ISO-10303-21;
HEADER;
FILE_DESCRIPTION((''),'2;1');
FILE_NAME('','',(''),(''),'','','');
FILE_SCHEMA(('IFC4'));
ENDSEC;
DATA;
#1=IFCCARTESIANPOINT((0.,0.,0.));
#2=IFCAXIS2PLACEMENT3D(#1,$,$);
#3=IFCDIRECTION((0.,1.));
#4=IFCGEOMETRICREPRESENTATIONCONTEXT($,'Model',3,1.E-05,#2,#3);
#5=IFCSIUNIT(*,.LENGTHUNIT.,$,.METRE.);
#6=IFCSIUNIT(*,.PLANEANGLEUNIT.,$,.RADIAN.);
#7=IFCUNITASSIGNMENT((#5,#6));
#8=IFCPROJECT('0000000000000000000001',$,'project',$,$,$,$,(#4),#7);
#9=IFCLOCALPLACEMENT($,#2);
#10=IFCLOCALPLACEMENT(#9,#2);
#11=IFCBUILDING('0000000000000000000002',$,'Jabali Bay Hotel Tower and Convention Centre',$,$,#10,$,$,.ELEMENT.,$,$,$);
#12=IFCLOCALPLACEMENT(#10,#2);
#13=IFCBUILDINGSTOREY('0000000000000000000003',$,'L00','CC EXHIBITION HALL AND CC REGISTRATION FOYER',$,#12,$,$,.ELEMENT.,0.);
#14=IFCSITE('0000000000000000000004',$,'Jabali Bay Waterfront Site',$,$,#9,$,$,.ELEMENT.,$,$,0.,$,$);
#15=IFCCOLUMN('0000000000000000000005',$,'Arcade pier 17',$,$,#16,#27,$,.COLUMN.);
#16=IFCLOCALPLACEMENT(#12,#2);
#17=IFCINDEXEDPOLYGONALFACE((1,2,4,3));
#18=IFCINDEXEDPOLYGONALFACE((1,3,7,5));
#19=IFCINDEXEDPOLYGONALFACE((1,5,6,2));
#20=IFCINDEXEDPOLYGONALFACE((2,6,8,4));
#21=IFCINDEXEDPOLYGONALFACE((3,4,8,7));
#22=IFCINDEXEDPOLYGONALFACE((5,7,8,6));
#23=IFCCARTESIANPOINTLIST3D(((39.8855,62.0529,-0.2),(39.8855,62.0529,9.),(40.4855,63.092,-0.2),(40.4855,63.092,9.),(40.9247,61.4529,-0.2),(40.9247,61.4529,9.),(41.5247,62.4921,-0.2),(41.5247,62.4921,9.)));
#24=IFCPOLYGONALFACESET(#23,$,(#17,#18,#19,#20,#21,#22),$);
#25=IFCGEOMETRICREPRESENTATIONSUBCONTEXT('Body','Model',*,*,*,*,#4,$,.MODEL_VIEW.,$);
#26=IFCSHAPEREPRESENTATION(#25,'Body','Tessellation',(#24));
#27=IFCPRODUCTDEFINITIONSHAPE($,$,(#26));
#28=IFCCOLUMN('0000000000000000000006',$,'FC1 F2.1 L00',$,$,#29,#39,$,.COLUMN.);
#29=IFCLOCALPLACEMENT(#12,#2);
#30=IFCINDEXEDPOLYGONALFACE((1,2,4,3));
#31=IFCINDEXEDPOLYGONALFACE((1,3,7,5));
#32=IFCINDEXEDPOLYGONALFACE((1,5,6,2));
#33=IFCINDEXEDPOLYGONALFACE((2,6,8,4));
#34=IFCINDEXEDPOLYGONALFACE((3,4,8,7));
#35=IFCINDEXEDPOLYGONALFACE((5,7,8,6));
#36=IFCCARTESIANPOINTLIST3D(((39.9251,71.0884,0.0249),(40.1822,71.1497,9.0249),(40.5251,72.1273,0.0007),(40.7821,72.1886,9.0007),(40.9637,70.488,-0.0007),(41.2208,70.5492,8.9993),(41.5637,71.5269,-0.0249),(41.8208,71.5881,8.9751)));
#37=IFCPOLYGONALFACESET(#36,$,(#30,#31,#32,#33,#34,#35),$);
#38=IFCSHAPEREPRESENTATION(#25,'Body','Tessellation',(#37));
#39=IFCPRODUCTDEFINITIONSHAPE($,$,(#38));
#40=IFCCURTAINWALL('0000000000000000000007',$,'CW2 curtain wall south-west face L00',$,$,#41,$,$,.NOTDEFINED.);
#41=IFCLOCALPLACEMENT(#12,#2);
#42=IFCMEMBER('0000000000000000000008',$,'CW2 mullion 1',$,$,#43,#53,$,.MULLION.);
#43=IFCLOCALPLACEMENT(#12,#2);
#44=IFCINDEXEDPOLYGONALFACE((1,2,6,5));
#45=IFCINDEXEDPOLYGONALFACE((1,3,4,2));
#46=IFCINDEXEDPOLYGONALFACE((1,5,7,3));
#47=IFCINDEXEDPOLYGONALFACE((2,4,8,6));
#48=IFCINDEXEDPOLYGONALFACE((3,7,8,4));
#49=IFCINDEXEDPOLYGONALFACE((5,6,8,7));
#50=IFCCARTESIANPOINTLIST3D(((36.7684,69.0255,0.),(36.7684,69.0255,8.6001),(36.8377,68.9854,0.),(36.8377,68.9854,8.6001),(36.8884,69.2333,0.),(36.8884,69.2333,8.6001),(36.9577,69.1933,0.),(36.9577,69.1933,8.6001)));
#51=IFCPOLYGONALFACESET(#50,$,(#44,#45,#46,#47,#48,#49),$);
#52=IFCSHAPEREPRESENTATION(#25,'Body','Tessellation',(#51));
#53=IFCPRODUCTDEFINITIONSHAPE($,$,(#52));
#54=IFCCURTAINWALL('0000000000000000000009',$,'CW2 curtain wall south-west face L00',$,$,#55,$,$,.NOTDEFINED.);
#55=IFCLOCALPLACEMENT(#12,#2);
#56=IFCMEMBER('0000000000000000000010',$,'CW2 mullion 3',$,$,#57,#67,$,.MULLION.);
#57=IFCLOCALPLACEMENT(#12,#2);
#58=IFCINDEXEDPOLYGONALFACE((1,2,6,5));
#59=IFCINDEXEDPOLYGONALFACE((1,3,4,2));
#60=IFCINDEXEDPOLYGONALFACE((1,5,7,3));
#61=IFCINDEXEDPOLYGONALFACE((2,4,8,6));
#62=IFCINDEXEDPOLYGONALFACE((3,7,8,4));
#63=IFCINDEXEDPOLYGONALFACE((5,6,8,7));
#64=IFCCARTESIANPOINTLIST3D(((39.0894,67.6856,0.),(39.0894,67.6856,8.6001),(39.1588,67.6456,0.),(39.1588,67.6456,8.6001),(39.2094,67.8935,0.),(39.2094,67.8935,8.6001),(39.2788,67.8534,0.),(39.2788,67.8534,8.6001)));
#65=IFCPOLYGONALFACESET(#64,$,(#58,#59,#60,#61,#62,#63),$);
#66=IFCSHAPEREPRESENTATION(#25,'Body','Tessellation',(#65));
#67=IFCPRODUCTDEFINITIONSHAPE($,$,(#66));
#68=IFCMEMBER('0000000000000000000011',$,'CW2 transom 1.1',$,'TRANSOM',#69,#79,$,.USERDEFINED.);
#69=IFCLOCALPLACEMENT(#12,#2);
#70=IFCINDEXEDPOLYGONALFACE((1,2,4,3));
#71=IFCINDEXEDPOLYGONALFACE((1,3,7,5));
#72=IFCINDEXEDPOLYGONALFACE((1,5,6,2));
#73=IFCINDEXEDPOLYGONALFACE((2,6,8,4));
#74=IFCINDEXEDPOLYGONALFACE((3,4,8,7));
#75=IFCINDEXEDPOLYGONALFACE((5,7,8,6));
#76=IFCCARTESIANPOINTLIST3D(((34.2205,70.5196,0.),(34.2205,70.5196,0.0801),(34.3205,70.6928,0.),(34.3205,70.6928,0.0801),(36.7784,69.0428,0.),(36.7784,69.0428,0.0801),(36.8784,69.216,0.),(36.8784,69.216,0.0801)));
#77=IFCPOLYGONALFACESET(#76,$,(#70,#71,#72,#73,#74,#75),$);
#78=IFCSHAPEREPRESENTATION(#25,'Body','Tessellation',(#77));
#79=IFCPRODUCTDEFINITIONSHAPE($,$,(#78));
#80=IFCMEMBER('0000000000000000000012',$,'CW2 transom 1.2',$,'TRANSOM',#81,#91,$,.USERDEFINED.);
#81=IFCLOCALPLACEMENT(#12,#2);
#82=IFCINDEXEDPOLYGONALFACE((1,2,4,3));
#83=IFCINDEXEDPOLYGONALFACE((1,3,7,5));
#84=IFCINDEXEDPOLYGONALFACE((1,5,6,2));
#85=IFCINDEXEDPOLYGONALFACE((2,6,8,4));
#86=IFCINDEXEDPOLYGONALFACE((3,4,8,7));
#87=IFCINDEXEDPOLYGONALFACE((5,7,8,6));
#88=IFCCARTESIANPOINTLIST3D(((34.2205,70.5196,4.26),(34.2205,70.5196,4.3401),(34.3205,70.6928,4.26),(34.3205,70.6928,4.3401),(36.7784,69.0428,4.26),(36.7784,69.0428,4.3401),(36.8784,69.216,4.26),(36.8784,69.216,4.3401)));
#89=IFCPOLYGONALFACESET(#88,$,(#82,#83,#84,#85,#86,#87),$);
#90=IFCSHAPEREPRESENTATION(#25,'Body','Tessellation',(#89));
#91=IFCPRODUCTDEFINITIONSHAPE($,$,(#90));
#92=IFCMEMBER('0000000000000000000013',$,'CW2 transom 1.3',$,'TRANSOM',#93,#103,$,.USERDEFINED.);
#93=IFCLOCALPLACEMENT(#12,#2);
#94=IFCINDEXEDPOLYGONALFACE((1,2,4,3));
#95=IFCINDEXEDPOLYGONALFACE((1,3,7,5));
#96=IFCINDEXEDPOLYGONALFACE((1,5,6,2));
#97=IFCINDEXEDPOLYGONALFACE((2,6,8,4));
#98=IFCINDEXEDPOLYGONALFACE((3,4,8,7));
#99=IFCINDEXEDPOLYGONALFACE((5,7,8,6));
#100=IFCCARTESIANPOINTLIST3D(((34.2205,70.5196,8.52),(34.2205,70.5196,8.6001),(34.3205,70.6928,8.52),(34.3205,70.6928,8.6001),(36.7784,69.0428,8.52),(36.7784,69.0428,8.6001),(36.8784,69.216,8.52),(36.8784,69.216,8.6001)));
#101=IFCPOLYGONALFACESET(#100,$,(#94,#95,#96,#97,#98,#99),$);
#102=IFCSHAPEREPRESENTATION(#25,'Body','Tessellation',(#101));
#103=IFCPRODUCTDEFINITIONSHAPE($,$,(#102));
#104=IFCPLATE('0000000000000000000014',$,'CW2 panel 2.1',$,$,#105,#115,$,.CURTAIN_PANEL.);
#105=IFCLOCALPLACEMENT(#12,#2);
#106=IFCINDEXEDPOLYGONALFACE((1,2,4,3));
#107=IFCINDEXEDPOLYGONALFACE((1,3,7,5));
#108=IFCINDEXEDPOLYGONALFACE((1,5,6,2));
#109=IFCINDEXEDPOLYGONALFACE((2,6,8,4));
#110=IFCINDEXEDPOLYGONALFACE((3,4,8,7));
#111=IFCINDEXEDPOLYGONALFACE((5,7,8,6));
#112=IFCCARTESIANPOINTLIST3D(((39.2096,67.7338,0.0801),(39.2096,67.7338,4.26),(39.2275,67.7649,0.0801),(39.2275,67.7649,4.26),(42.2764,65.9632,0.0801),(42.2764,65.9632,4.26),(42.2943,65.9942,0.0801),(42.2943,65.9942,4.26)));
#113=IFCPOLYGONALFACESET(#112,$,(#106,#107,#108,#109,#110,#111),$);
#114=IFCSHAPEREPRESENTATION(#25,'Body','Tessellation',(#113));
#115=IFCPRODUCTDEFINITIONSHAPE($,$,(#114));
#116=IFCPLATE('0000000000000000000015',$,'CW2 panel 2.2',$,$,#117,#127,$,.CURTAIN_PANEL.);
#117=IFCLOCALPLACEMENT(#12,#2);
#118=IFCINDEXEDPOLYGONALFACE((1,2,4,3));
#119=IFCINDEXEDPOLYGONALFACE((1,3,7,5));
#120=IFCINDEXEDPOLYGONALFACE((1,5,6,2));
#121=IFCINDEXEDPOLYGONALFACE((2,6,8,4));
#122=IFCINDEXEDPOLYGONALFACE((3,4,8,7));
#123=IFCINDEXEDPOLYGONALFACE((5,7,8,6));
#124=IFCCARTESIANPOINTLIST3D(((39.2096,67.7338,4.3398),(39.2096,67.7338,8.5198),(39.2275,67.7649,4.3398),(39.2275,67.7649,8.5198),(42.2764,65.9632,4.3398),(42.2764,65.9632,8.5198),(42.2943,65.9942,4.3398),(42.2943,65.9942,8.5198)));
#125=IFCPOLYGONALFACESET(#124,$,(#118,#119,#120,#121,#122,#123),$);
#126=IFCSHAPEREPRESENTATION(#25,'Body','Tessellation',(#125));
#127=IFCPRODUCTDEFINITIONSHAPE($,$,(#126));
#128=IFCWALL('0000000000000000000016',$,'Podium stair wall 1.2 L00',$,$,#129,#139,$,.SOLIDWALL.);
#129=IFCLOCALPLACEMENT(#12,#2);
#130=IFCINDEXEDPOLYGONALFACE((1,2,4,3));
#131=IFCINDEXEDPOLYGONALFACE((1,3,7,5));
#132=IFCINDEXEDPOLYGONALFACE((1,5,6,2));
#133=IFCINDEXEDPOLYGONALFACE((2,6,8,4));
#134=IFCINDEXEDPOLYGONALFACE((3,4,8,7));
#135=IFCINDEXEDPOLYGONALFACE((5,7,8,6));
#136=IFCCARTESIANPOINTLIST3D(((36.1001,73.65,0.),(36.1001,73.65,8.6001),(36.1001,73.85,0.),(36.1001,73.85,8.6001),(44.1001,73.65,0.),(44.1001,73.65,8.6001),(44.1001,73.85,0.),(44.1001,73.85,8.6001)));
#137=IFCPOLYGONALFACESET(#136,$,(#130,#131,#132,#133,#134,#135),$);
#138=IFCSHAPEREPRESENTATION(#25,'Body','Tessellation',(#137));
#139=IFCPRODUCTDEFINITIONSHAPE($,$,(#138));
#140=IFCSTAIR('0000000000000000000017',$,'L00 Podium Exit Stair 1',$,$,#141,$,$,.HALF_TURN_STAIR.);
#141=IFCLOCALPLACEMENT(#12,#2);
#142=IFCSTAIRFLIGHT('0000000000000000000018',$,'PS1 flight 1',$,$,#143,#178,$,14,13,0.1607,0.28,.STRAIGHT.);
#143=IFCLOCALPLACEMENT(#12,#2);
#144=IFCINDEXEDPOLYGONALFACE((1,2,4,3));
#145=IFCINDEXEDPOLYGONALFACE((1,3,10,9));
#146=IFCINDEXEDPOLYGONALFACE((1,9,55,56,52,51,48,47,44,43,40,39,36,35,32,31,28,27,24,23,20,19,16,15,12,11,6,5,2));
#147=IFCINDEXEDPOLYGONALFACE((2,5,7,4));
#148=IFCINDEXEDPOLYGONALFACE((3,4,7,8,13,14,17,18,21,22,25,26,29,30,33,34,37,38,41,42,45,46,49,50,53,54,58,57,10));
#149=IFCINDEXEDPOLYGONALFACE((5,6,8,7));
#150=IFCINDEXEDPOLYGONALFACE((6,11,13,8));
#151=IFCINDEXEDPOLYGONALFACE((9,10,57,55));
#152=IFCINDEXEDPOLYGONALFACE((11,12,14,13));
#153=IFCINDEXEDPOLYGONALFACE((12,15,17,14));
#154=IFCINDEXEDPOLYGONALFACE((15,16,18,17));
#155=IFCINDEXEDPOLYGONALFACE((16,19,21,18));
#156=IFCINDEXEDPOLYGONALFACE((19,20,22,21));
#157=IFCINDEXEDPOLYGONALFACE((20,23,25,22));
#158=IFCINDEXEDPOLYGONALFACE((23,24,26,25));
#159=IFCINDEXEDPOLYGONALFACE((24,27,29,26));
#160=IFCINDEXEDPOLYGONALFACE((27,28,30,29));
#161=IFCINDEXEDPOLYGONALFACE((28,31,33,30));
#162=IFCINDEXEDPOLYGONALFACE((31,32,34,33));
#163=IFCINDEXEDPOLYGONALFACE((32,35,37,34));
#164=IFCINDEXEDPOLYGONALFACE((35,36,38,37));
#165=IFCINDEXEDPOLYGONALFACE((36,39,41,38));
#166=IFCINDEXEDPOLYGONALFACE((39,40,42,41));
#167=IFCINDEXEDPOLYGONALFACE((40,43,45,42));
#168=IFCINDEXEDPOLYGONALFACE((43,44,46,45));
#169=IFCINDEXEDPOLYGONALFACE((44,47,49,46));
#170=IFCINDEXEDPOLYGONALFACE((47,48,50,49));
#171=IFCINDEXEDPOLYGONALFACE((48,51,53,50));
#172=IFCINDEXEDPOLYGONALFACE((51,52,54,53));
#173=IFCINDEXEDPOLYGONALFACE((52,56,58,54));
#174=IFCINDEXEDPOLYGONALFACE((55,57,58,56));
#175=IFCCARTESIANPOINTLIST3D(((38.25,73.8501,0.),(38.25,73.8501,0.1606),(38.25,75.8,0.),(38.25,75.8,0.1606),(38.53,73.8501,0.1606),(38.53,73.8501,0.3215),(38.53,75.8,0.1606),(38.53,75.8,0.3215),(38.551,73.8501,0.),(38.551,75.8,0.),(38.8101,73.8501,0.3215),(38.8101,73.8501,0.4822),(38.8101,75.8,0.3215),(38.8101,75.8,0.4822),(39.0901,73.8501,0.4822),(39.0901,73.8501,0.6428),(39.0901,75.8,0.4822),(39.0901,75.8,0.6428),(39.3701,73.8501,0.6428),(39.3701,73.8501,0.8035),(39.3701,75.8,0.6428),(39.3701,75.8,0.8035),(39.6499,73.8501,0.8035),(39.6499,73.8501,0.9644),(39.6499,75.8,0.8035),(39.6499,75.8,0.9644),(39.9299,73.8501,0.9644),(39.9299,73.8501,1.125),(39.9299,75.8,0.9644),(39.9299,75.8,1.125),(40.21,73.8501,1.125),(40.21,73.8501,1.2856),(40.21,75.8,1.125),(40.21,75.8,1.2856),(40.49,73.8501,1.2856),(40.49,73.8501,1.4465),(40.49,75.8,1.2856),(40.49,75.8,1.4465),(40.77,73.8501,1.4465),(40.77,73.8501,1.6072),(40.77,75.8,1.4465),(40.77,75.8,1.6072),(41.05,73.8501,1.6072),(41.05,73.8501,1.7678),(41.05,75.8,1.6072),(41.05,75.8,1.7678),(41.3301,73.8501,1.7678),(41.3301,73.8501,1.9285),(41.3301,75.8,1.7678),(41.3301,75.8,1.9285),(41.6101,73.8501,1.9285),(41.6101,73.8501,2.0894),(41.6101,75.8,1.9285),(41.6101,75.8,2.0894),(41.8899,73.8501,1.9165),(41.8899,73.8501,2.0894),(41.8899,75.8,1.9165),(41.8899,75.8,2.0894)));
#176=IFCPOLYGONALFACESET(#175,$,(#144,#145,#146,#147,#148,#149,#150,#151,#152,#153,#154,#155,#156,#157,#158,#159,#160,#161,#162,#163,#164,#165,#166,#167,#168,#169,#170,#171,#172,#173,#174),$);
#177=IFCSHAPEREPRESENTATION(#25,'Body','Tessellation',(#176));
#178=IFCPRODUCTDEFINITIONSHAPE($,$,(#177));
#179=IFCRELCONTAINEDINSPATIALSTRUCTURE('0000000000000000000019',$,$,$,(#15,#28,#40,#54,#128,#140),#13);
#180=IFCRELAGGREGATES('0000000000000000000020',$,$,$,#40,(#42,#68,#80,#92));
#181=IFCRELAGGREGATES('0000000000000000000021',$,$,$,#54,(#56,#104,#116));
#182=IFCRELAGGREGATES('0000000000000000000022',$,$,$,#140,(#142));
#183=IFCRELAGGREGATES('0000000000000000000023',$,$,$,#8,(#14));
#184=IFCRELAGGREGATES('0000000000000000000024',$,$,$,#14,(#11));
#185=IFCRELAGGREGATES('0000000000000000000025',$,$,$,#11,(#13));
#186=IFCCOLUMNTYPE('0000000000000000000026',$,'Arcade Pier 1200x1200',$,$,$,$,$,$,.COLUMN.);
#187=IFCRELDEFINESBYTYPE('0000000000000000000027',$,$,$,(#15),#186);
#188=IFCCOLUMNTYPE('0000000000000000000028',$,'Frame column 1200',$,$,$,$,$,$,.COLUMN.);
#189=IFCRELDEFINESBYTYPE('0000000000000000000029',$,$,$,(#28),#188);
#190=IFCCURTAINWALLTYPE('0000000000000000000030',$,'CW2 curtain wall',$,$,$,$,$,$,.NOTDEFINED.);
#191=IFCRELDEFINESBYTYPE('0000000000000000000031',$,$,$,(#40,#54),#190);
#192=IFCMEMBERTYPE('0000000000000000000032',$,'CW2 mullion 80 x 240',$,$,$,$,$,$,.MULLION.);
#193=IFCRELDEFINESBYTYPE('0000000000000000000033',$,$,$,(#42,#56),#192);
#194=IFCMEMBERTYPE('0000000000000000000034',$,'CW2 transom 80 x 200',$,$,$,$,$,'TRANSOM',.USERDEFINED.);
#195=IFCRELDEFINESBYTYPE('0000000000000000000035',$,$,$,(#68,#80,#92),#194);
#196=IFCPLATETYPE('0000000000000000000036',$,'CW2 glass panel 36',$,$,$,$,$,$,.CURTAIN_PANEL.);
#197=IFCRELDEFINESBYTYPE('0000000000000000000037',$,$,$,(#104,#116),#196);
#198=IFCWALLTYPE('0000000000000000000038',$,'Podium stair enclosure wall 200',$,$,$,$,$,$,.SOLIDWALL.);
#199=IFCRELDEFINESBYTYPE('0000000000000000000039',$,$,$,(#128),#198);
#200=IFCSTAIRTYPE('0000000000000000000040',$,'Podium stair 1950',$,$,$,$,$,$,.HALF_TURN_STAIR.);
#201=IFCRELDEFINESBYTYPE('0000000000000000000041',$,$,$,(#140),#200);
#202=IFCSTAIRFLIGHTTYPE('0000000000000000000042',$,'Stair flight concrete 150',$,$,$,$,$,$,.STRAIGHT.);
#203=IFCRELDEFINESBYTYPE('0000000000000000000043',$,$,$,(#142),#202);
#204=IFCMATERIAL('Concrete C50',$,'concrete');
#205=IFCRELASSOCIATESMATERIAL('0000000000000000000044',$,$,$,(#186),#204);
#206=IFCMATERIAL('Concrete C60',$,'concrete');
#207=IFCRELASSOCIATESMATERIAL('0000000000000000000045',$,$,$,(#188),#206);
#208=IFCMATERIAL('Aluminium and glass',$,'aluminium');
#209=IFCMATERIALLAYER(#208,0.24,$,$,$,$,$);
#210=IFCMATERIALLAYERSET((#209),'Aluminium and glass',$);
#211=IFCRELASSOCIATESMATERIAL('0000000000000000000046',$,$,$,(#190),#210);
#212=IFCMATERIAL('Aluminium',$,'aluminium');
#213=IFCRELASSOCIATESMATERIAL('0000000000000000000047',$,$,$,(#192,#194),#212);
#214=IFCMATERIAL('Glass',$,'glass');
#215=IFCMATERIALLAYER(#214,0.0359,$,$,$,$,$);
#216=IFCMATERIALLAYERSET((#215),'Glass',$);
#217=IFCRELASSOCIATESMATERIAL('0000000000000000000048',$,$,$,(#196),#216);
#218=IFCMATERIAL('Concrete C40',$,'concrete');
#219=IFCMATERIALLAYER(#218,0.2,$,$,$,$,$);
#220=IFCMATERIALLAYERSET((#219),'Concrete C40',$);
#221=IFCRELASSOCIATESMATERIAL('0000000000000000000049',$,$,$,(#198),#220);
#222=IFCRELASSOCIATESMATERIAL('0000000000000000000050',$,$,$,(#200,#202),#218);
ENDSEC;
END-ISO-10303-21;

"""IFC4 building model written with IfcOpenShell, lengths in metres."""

from ifc_helpers import new_model, si_unit, direction, frame, frame_2d, origin, origin_2d, place, context, subcontext, project, spatial, polyline, rectangle, outline, extrude, material, layer, layer_set, material_profile, profile_set, type_object, element, aggregate, save


model = new_model("IFC4")

# Units and contexts
model_context = context("Model", 3, precision=1e-05, world=origin(), true_north=direction((0.0, 1.0)))
body_context = subcontext(model_context, "Body", "Model", "MODEL_VIEW")
ifc_project = project(units=[si_unit("LENGTHUNIT", "METRE"), si_unit("PLANEANGLEUNIT", "RADIAN")], contexts=[model_context])

# Site, building, storey
site_placement = place(None, origin())
site = spatial("IfcSite", under=ifc_project, at=site_placement, Name="Jabali Bay Waterfront Site", CompositionType="ELEMENT", RefElevation=0.0)
building_placement = place(site_placement, origin())
building = spatial("IfcBuilding", under=site, at=building_placement, Name="Jabali Bay Hotel Tower and Convention Centre", CompositionType="ELEMENT")
storey_placement = place(building_placement, origin())
storey = spatial("IfcBuildingStorey", under=building, at=storey_placement, Name="L00", Description="CC EXHIBITION HALL AND CC REGISTRATION FOYER", CompositionType="ELEMENT", Elevation=0.0)

# Columns
ifc_material_1 = material(Name="Concrete C50", Category="concrete")
ifc_material_profile_1 = material_profile(ifc_material_1, rectangle(XDim=1.2, YDim=1.2, at=origin_2d()), Name="RC 1200x1200")
ifc_profile_set_1 = profile_set([ifc_material_profile_1], Name="Concrete C50")
column_type_1 = type_object("IfcColumnType", Name="Arcade Pier 1200x1200", PredefinedType="COLUMN", material=ifc_profile_set_1)
column_1_placement = place(storey_placement, frame((40.7051, 62.2725, -0.2), z_axis=(0.0, 0.0, 1.0), x_axis=(0.866025, -0.5, 0.0)))
element("IfcColumn", 1, at=column_1_placement, inside=storey, type_object=column_type_1, Name="Arcade pier 17", PredefinedType="COLUMN", context=body_context, shape_type="SweptSolid", body=[
    extrude(rectangle(XDim=1.2, YDim=1.2, at=origin_2d()), origin(), (0.0, 0.0, 1.0), 9.2),
])
ifc_material_2 = material(Name="Concrete C60", Category="concrete")
ifc_material_profile_2 = material_profile(ifc_material_2, rectangle(XDim=1.2, YDim=1.2, at=origin_2d()), Name="Frame column 1200")
ifc_profile_set_2 = profile_set([ifc_material_profile_2], Name="Concrete C60")
column_type_2 = type_object("IfcColumnType", Name="Frame column 1200", PredefinedType="COLUMN", material=ifc_profile_set_2)
column_2_placement = place(storey_placement, frame((40.7444, 71.3076, 0.0), z_axis=(0.028552, 0.006806, 0.999569), x_axis=(-0.865552, 0.500365, 0.021317)))
element("IfcColumn", 2, at=column_2_placement, inside=storey, type_object=column_type_2, Name="FC1 F2.1 L00", PredefinedType="COLUMN", context=body_context, shape_type="SweptSolid", body=[
    extrude(rectangle(XDim=1.2, YDim=1.2, at=origin_2d()), origin(), (0.0, 0.0, 1.0), 9.0039),
])

# Curtain walls, members
ifc_material_3 = material(Name="Aluminium and glass", Category="aluminium")
ifc_layer_1 = layer(ifc_material_3, 0.24)
ifc_layer_set_1 = layer_set([ifc_layer_1], Name="Aluminium and glass")
curtain_wall_type = type_object("IfcCurtainWallType", Name="CW2 curtain wall", PredefinedType="NOTDEFINED", material=ifc_layer_set_1)
curtain_wall_1_placement = place(storey_placement, origin())
curtain_wall_1 = element("IfcCurtainWall", 3, at=curtain_wall_1_placement, inside=storey, type_object=curtain_wall_type, Name="CW2 curtain wall south-west face L00", PredefinedType="NOTDEFINED")
ifc_material_4 = material(Name="Aluminium", Category="aluminium")
ifc_material_profile_3 = material_profile(ifc_material_4, rectangle(XDim=0.24, YDim=0.0801, at=origin_2d()), Name="CW2 mullion 80 x 240")
ifc_profile_set_3 = profile_set([ifc_material_profile_3], Name="Aluminium")
member_type_1 = type_object("IfcMemberType", Name="CW2 mullion 80 x 240", PredefinedType="MULLION", material=ifc_profile_set_3)
member_1_placement = place(storey_placement, frame((36.863, 69.1094, 0.0), z_axis=(0.0, 0.0, 1.0), x_axis=(-0.5, -0.866025, 0.0)))
member_1 = element("IfcMember", 4, at=member_1_placement, type_object=member_type_1, Name="CW2 mullion 1", PredefinedType="MULLION", context=body_context, shape_type="SweptSolid", body=[
    extrude(rectangle(XDim=0.24, YDim=0.0801, at=origin_2d()), origin(), (0.0, 0.0, 1.0), 8.6001),
])
curtain_wall_2_placement = place(storey_placement, origin())
curtain_wall_2 = element("IfcCurtainWall", 5, at=curtain_wall_2_placement, inside=storey, type_object=curtain_wall_type, Name="CW2 curtain wall south-west face L00", PredefinedType="NOTDEFINED")
member_2_placement = place(storey_placement, frame((39.1841, 67.7695, 0.0), z_axis=(0.0, 0.0, 1.0), x_axis=(-0.5, -0.866025, 0.0)))
member_2 = element("IfcMember", 6, at=member_2_placement, type_object=member_type_1, Name="CW2 mullion 3", PredefinedType="MULLION", context=body_context, shape_type="SweptSolid", body=[
    extrude(rectangle(XDim=0.24, YDim=0.0801, at=origin_2d()), origin(), (0.0, 0.0, 1.0), 8.6001),
])

# Members
ifc_material_profile_4 = material_profile(ifc_material_4, rectangle(XDim=0.2, YDim=0.0801, at=origin_2d()), Name="CW2 transom 80 x 200")
ifc_profile_set_4 = profile_set([ifc_material_profile_4], Name="Aluminium")
member_type_2 = type_object("IfcMemberType", Name="CW2 transom 80 x 200", ElementType="TRANSOM", PredefinedType="USERDEFINED", material=ifc_profile_set_4)
member_3_placement = place(storey_placement, frame((36.8284, 69.1294, 0.04), z_axis=(-0.866022, 0.500006, 0.0), x_axis=(-0.500006, -0.866022, 0.0)))
member_3 = element("IfcMember", 7, at=member_3_placement, type_object=member_type_2, Name="CW2 transom 1.1", ObjectType="TRANSOM", PredefinedType="USERDEFINED", context=body_context, shape_type="SweptSolid", body=[
    extrude(rectangle(XDim=0.2, YDim=0.0801, at=origin_2d()), origin(), (0.0, 0.0, 1.0), 2.9536),
])
member_4_placement = place(storey_placement, frame((36.8284, 69.1294, 4.3), z_axis=(-0.866022, 0.500006, 0.0), x_axis=(-0.500006, -0.866022, 0.0)))
member_4 = element("IfcMember", 8, at=member_4_placement, type_object=member_type_2, Name="CW2 transom 1.2", ObjectType="TRANSOM", PredefinedType="USERDEFINED", context=body_context, shape_type="SweptSolid", body=[
    extrude(rectangle(XDim=0.2, YDim=0.0801, at=origin_2d()), origin(), (0.0, 0.0, 1.0), 2.9536),
])
member_5_placement = place(storey_placement, frame((36.8284, 69.1294, 8.5601), z_axis=(-0.866022, 0.500006, 0.0), x_axis=(-0.500006, -0.866022, 0.0)))
member_5 = element("IfcMember", 9, at=member_5_placement, type_object=member_type_2, Name="CW2 transom 1.3", ObjectType="TRANSOM", PredefinedType="USERDEFINED", context=body_context, shape_type="SweptSolid", body=[
    extrude(rectangle(XDim=0.2, YDim=0.0801, at=origin_2d()), origin(), (0.0, 0.0, 1.0), 2.9536),
])
aggregate(curtain_wall_1, [member_1, member_3, member_4, member_5])

# Plates
ifc_material_5 = material(Name="Glass", Category="glass")
ifc_layer_2 = layer(ifc_material_5, 0.0359)
ifc_layer_set_2 = layer_set([ifc_layer_2], Name="Glass")
plate_type = type_object("IfcPlateType", Name="CW2 glass panel 36", PredefinedType="CURTAIN_PANEL", material=ifc_layer_set_2)
plate_1_placement = place(storey_placement, frame((40.752, 66.864, 0.0801), z_axis=(0.0, 0.0, 1.0), x_axis=(-0.866025, 0.5, 0.0)))
plate_1 = element("IfcPlate", 10, at=plate_1_placement, type_object=plate_type, Name="CW2 panel 2.1", PredefinedType="CURTAIN_PANEL", context=body_context, shape_type="SweptSolid", body=[
    extrude(rectangle(XDim=3.5413, YDim=0.0359, at=origin_2d()), origin(), (0.0, 0.0, 1.0), 4.1799),
])
plate_2_placement = place(storey_placement, frame((40.752, 66.864, 4.3398), z_axis=(0.0, 0.0, 1.0), x_axis=(-0.866025, 0.5, 0.0)))
plate_2 = element("IfcPlate", 11, at=plate_2_placement, type_object=plate_type, Name="CW2 panel 2.2", PredefinedType="CURTAIN_PANEL", context=body_context, shape_type="SweptSolid", body=[
    extrude(rectangle(XDim=3.5413, YDim=0.0359, at=origin_2d()), origin(), (0.0, 0.0, 1.0), 4.1799),
])
aggregate(curtain_wall_2, [member_2, plate_1, plate_2])

# Shared definitions
ifc_material_6 = material(Name="Concrete C40", Category="concrete")

# Wall
ifc_layer_3 = layer(ifc_material_6, 0.2)
ifc_layer_set_3 = layer_set([ifc_layer_3], Name="Concrete C40")
wall_type_1 = type_object("IfcWallType", Name="Podium stair enclosure wall 200", PredefinedType="SOLIDWALL", material=ifc_layer_set_3)
wall_1_placement = place(storey_placement, frame((36.1001, 73.75, 0.0), z_axis=(0.0, 0.0, 1.0), x_axis=(1.0, 0.0, 0.0)))
element("IfcWall", 12, at=wall_1_placement, inside=storey, type_object=wall_type_1, Name="Podium stair wall 1.2 L00", PredefinedType="SOLIDWALL", context=body_context, shape_type="SweptSolid", body=[
    extrude(rectangle(XDim=8.0, YDim=0.2, at=frame_2d((4.0, 0.0))), origin(), (0.0, 0.0, 1.0), 8.6001),
])

# Stair, stair flight
stair_type = type_object("IfcStairType", Name="Podium stair 1950", PredefinedType="HALF_TURN_STAIR", material=ifc_material_6)
stair_placement = place(storey_placement, origin())
stair = element("IfcStair", 13, at=stair_placement, inside=storey, type_object=stair_type, Name="L00 Podium Exit Stair 1", PredefinedType="HALF_TURN_STAIR")
stair_flight_type = type_object("IfcStairFlightType", Name="Stair flight concrete 150", PredefinedType="STRAIGHT", material=ifc_material_6)
stair_flight_1_placement = place(storey_placement, frame((38.25, 74.825, 0.0), z_axis=(0.0, 0.0, 1.0), x_axis=(1.0, 0.0, 0.0)))
stair_flight_1 = element("IfcStairFlight", 14, at=stair_flight_1_placement, type_object=stair_flight_type, Name="PS1 flight 1", NumberOfRisers=14, NumberOfTreads=13, PredefinedType="STRAIGHT", RiserHeight=0.1607, TreadLength=0.28, context=body_context, shape_type="SweptSolid", body=[
    extrude(outline(polyline([(0.0, 0.0), (0.0, 0.1606), (0.28, 0.1606), (0.28, 0.3215), (0.5601, 0.3215), (0.5601, 0.4822), (0.8401, 0.4822), (0.8401, 0.6428), (1.1201, 0.6428), (1.1201, 0.8035), (1.3999, 0.8035), (1.3999, 0.9644), (1.6799, 0.9644), (1.6799, 1.125), (1.96, 1.125), (1.96, 1.2856), (2.24, 1.2856), (2.24, 1.4465), (2.52, 1.4465), (2.52, 1.6072), (2.8, 1.6072), (2.8, 1.7678), (3.0801, 1.7678), (3.0801, 1.9285), (3.3601, 1.9285), (3.3601, 2.0894), (3.6399, 2.0894), (3.6399, 2.25), (3.6399, 1.9165), (0.301, 0.0), (0.0, 0.0)])), frame((0.0, 0.9751, 0.0), z_axis=(0.0, -1.0, 0.0), x_axis=(1.0, 0.0, 0.0)), (0.0, 0.0, 1.0), 1.95),
])
aggregate(stair, [stair_flight_1])

save(model, "model.ifc")
